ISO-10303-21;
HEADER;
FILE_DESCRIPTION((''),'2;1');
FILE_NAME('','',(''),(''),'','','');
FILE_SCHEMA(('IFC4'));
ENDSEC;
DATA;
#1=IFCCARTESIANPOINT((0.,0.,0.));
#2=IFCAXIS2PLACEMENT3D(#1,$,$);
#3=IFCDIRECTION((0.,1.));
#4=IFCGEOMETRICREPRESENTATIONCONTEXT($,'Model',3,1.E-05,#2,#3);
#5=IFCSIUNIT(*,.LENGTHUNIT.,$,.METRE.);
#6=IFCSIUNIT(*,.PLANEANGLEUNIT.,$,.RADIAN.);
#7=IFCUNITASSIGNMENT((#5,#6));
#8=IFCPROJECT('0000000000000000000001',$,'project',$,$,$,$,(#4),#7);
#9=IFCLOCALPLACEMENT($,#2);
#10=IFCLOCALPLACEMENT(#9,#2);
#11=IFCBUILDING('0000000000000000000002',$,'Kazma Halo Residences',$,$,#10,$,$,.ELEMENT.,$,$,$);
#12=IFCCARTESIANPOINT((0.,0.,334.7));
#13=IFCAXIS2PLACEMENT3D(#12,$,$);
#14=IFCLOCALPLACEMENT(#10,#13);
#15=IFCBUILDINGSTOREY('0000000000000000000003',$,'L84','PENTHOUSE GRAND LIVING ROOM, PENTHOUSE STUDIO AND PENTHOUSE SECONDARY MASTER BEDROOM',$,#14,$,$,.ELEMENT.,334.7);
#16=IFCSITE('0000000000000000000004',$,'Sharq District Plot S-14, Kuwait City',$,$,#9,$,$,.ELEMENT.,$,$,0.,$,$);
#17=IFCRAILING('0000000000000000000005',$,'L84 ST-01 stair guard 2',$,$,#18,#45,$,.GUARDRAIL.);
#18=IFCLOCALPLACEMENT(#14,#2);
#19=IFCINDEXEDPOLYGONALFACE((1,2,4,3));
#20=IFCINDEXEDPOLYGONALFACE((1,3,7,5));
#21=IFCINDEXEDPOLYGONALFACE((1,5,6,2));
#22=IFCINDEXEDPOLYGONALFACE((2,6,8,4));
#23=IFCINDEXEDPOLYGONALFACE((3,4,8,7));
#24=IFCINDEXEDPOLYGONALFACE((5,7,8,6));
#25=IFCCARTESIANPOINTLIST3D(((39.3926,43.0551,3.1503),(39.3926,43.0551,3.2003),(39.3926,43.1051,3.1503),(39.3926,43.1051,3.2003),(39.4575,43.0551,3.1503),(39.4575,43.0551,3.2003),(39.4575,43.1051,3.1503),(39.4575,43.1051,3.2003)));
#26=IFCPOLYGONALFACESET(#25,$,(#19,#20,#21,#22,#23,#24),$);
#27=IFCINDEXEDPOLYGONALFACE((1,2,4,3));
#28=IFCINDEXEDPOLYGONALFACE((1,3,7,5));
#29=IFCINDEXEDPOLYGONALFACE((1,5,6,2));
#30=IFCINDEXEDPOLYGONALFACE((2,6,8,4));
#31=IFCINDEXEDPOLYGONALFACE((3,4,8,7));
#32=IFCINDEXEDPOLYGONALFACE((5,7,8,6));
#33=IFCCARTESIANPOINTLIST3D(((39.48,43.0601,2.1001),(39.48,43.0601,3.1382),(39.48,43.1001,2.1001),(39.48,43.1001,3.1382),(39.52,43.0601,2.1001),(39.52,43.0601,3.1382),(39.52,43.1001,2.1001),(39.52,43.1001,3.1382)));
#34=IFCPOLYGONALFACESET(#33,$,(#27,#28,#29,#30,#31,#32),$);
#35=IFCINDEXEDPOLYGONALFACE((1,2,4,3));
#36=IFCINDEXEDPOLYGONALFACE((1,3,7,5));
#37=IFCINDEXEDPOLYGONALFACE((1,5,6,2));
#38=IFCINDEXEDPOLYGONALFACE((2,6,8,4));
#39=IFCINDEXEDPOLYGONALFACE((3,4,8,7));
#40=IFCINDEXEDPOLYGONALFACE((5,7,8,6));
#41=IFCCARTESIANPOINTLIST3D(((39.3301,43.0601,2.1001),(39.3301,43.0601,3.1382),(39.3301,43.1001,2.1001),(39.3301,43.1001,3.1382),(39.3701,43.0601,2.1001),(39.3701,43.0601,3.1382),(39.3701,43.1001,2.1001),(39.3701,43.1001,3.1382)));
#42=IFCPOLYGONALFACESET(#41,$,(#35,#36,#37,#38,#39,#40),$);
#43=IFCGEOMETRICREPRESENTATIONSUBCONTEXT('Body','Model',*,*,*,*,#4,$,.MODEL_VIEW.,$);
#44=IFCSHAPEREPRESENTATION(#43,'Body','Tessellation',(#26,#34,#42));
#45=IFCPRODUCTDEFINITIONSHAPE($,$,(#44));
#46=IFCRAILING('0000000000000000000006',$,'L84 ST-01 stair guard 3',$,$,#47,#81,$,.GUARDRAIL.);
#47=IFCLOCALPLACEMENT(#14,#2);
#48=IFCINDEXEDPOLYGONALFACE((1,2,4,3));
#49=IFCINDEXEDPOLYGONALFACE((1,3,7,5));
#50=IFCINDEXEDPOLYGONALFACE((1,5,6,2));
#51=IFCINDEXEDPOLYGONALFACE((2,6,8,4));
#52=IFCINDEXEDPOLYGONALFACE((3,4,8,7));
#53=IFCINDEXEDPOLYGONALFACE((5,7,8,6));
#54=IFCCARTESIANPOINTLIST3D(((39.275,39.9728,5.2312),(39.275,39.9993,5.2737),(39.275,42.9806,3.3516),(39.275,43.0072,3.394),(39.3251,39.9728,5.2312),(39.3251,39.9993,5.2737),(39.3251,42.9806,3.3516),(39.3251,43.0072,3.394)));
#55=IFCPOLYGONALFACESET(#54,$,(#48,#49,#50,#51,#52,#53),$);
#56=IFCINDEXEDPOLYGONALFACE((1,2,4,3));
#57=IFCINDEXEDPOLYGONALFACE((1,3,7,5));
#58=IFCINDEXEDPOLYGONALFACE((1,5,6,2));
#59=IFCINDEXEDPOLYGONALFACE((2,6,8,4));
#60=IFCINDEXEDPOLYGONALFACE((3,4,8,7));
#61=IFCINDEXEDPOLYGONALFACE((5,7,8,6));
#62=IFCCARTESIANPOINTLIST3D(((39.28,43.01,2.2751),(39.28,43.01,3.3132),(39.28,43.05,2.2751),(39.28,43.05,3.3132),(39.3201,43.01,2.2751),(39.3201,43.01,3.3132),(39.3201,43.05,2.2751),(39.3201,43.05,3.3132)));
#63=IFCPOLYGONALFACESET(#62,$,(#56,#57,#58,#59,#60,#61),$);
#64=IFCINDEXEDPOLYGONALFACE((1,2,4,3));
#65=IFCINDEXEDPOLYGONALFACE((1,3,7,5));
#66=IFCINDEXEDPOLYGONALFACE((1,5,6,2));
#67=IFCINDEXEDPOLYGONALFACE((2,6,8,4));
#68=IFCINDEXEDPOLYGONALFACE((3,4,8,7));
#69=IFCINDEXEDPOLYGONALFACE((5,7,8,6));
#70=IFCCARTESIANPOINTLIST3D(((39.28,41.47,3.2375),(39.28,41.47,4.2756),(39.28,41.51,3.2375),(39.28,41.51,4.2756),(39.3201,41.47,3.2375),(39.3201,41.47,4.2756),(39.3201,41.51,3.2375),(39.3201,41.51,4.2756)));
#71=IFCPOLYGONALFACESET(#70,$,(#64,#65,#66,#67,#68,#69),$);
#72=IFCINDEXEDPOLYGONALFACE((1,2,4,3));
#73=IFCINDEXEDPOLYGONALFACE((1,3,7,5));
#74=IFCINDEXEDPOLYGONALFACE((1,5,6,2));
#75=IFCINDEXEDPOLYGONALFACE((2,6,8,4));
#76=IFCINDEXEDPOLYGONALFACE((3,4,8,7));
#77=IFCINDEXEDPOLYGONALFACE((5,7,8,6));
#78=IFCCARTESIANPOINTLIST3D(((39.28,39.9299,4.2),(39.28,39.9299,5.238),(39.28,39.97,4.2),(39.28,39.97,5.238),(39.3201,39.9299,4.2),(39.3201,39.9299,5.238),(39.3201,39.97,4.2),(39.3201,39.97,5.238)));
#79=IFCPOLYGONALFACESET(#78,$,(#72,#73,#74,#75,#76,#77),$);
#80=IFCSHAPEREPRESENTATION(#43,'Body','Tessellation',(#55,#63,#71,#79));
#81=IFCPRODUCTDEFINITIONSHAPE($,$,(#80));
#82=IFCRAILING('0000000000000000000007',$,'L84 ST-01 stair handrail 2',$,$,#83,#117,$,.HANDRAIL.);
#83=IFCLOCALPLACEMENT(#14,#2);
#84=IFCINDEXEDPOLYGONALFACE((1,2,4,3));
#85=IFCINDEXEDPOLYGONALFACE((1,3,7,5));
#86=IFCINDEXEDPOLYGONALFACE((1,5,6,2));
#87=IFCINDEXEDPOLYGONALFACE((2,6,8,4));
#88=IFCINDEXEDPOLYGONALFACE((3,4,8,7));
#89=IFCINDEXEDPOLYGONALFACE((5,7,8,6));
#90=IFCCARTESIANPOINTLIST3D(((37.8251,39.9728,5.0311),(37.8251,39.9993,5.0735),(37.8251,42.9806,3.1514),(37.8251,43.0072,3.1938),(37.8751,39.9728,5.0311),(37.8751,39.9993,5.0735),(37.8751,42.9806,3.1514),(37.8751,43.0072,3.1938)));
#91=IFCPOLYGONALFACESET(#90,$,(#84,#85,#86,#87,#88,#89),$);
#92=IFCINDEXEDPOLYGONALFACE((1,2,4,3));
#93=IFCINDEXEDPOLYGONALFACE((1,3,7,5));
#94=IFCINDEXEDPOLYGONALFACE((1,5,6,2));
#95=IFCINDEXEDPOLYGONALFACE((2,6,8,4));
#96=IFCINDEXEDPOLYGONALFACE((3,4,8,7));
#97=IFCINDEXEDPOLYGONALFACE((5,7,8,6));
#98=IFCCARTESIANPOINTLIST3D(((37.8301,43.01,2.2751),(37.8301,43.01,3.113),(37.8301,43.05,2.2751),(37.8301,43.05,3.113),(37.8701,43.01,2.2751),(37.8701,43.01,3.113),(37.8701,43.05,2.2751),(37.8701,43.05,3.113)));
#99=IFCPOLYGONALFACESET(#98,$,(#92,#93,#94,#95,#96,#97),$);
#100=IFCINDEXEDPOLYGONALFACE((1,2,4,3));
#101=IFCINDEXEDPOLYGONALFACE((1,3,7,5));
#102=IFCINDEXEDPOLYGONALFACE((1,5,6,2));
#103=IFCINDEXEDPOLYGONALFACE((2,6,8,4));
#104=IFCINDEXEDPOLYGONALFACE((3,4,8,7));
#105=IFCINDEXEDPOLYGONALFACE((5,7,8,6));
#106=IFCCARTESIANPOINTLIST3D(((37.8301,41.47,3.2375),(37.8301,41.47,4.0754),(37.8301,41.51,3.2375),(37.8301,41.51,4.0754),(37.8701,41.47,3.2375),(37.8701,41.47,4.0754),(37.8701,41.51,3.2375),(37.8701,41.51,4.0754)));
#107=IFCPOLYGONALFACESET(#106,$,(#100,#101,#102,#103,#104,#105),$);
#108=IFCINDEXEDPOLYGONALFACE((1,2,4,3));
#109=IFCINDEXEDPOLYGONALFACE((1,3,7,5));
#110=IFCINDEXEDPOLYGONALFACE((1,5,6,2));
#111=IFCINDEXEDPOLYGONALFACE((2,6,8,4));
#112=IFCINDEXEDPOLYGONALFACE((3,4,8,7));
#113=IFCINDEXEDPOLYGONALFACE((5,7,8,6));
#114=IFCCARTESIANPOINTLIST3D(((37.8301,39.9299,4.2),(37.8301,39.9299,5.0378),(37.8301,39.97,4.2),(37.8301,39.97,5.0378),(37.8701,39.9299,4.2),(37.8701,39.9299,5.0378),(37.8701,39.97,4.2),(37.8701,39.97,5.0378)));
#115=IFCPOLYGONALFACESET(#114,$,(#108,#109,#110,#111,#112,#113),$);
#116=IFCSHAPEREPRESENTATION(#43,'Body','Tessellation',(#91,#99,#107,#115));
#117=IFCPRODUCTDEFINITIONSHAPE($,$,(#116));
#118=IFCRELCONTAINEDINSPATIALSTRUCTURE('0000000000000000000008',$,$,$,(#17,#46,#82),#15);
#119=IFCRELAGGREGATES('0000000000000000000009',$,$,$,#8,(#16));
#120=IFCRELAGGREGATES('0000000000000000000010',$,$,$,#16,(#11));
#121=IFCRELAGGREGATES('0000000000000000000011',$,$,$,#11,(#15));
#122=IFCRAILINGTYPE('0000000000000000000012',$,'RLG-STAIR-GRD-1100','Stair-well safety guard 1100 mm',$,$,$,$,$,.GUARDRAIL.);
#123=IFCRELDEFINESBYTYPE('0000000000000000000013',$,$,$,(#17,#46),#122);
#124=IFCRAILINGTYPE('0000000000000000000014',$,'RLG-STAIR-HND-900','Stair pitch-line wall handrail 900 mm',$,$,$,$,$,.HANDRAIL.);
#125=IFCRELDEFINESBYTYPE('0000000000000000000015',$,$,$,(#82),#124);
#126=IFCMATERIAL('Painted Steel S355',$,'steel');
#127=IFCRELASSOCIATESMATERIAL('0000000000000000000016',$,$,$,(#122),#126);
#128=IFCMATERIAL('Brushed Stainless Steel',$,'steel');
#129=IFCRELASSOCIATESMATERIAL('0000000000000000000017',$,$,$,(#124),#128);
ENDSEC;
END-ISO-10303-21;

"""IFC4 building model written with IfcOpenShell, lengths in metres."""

from ifc_helpers import new_model, si_unit, direction, frame, origin, origin_2d, place, context, subcontext, project, spatial, rectangle, extrude, material, type_object, element, save


model = new_model("IFC4")

# Units and contexts
model_context = context("Model", 3, precision=1e-05, world=origin(), true_north=direction((0.0, 1.0)))
body_context = subcontext(model_context, "Body", "Model", "MODEL_VIEW")
ifc_project = project(units=[si_unit("LENGTHUNIT", "METRE"), si_unit("PLANEANGLEUNIT", "RADIAN")], contexts=[model_context])

# Site, building, storey
site_placement = place(None, origin())
site = spatial("IfcSite", under=ifc_project, at=site_placement, Name="Sharq District Plot S-14, Kuwait City", CompositionType="ELEMENT", RefElevation=0.0)
building_placement = place(site_placement, origin())
building = spatial("IfcBuilding", under=site, at=building_placement, Name="Kazma Halo Residences", CompositionType="ELEMENT")
storey_placement = place(building_placement, frame((0.0, 0.0, 334.7)))
storey = spatial("IfcBuildingStorey", under=building, at=storey_placement, Name="L84", Description="PENTHOUSE GRAND LIVING ROOM, PENTHOUSE STUDIO AND PENTHOUSE SECONDARY MASTER BEDROOM", CompositionType="ELEMENT", Elevation=334.7)

# Railings
ifc_material_1 = material(Name="Painted Steel S355", Category="steel")
railing_type_1 = type_object("IfcRailingType", Name="RLG-STAIR-GRD-1100", Description="Stair-well safety guard 1100 mm", PredefinedType="GUARDRAIL", material=ifc_material_1)
railing_1_placement = place(storey_placement, frame((39.5, 43.0801, 2.1001)))
element("IfcRailing", 1, at=railing_1_placement, inside=storey, type_object=railing_type_1, Name="L84 ST-01 stair guard 2", PredefinedType="GUARDRAIL", context=body_context, shape_type="SweptSolid", body=[
    extrude(rectangle(XDim=0.05, YDim=0.05, at=origin_2d()), frame((-0.0425, 0.0, 1.0752), z_axis=(-1.0, 0.0, 0.0), x_axis=(0.0, -1.0, 0.0)), (0.0, 0.0, 1.0), 0.0649),
    extrude(rectangle(XDim=0.04, YDim=0.04, at=origin_2d()), origin(), (0.0, 0.0, 1.0), 1.0381),
    extrude(rectangle(XDim=0.04, YDim=0.04, at=origin_2d()), frame((-0.1499, 0.0, 0.0)), (0.0, 0.0, 1.0), 1.0381),
])
railing_2_placement = place(storey_placement, frame((39.3, 43.03, 2.2751)))
element("IfcRailing", 2, at=railing_2_placement, inside=storey, type_object=railing_type_1, Name="L84 ST-01 stair guard 3", PredefinedType="GUARDRAIL", context=body_context, shape_type="SweptSolid", body=[
    extrude(rectangle(XDim=0.05, YDim=0.05, at=origin_2d()), frame((0.0, -0.0361, 1.0977), z_axis=(0.0, -0.848029, 0.529951), x_axis=(1.0, 0.0, 0.0)), (0.0, 0.0, 1.0), 3.5469),
    extrude(rectangle(XDim=0.04, YDim=0.04, at=origin_2d()), origin(), (0.0, 0.0, 1.0), 1.0381),
    extrude(rectangle(XDim=0.04, YDim=0.04, at=origin_2d()), frame((0.0, -1.54, 0.9624)), (0.0, 0.0, 1.0), 1.0381),
    extrude(rectangle(XDim=0.04, YDim=0.04, at=origin_2d()), frame((0.0, -3.0801, 1.9248)), (0.0, 0.0, 1.0), 1.0381),
])
ifc_material_2 = material(Name="Brushed Stainless Steel", Category="steel")
railing_type_2 = type_object("IfcRailingType", Name="RLG-STAIR-HND-900", Description="Stair pitch-line wall handrail 900 mm", PredefinedType="HANDRAIL", material=ifc_material_2)
railing_3_placement = place(storey_placement, frame((37.8501, 43.03, 2.2751)))
element("IfcRailing", 3, at=railing_3_placement, inside=storey, type_object=railing_type_2, Name="L84 ST-01 stair handrail 2", PredefinedType="HANDRAIL", context=body_context, shape_type="SweptSolid", body=[
    extrude(rectangle(XDim=0.05, YDim=0.05, at=origin_2d()), frame((0.0, -0.0361, 0.8975), z_axis=(0.0, -0.848029, 0.529951), x_axis=(1.0, 0.0, 0.0)), (0.0, 0.0, 1.0), 3.5469),
    extrude(rectangle(XDim=0.04, YDim=0.04, at=origin_2d()), origin(), (0.0, 0.0, 1.0), 0.8379),
    extrude(rectangle(XDim=0.04, YDim=0.04, at=origin_2d()), frame((0.0, -1.54, 0.9624)), (0.0, 0.0, 1.0), 0.8379),
    extrude(rectangle(XDim=0.04, YDim=0.04, at=origin_2d()), frame((0.0, -3.0801, 1.9248)), (0.0, 0.0, 1.0), 0.8379),
])

save(model, "model.ifc")
